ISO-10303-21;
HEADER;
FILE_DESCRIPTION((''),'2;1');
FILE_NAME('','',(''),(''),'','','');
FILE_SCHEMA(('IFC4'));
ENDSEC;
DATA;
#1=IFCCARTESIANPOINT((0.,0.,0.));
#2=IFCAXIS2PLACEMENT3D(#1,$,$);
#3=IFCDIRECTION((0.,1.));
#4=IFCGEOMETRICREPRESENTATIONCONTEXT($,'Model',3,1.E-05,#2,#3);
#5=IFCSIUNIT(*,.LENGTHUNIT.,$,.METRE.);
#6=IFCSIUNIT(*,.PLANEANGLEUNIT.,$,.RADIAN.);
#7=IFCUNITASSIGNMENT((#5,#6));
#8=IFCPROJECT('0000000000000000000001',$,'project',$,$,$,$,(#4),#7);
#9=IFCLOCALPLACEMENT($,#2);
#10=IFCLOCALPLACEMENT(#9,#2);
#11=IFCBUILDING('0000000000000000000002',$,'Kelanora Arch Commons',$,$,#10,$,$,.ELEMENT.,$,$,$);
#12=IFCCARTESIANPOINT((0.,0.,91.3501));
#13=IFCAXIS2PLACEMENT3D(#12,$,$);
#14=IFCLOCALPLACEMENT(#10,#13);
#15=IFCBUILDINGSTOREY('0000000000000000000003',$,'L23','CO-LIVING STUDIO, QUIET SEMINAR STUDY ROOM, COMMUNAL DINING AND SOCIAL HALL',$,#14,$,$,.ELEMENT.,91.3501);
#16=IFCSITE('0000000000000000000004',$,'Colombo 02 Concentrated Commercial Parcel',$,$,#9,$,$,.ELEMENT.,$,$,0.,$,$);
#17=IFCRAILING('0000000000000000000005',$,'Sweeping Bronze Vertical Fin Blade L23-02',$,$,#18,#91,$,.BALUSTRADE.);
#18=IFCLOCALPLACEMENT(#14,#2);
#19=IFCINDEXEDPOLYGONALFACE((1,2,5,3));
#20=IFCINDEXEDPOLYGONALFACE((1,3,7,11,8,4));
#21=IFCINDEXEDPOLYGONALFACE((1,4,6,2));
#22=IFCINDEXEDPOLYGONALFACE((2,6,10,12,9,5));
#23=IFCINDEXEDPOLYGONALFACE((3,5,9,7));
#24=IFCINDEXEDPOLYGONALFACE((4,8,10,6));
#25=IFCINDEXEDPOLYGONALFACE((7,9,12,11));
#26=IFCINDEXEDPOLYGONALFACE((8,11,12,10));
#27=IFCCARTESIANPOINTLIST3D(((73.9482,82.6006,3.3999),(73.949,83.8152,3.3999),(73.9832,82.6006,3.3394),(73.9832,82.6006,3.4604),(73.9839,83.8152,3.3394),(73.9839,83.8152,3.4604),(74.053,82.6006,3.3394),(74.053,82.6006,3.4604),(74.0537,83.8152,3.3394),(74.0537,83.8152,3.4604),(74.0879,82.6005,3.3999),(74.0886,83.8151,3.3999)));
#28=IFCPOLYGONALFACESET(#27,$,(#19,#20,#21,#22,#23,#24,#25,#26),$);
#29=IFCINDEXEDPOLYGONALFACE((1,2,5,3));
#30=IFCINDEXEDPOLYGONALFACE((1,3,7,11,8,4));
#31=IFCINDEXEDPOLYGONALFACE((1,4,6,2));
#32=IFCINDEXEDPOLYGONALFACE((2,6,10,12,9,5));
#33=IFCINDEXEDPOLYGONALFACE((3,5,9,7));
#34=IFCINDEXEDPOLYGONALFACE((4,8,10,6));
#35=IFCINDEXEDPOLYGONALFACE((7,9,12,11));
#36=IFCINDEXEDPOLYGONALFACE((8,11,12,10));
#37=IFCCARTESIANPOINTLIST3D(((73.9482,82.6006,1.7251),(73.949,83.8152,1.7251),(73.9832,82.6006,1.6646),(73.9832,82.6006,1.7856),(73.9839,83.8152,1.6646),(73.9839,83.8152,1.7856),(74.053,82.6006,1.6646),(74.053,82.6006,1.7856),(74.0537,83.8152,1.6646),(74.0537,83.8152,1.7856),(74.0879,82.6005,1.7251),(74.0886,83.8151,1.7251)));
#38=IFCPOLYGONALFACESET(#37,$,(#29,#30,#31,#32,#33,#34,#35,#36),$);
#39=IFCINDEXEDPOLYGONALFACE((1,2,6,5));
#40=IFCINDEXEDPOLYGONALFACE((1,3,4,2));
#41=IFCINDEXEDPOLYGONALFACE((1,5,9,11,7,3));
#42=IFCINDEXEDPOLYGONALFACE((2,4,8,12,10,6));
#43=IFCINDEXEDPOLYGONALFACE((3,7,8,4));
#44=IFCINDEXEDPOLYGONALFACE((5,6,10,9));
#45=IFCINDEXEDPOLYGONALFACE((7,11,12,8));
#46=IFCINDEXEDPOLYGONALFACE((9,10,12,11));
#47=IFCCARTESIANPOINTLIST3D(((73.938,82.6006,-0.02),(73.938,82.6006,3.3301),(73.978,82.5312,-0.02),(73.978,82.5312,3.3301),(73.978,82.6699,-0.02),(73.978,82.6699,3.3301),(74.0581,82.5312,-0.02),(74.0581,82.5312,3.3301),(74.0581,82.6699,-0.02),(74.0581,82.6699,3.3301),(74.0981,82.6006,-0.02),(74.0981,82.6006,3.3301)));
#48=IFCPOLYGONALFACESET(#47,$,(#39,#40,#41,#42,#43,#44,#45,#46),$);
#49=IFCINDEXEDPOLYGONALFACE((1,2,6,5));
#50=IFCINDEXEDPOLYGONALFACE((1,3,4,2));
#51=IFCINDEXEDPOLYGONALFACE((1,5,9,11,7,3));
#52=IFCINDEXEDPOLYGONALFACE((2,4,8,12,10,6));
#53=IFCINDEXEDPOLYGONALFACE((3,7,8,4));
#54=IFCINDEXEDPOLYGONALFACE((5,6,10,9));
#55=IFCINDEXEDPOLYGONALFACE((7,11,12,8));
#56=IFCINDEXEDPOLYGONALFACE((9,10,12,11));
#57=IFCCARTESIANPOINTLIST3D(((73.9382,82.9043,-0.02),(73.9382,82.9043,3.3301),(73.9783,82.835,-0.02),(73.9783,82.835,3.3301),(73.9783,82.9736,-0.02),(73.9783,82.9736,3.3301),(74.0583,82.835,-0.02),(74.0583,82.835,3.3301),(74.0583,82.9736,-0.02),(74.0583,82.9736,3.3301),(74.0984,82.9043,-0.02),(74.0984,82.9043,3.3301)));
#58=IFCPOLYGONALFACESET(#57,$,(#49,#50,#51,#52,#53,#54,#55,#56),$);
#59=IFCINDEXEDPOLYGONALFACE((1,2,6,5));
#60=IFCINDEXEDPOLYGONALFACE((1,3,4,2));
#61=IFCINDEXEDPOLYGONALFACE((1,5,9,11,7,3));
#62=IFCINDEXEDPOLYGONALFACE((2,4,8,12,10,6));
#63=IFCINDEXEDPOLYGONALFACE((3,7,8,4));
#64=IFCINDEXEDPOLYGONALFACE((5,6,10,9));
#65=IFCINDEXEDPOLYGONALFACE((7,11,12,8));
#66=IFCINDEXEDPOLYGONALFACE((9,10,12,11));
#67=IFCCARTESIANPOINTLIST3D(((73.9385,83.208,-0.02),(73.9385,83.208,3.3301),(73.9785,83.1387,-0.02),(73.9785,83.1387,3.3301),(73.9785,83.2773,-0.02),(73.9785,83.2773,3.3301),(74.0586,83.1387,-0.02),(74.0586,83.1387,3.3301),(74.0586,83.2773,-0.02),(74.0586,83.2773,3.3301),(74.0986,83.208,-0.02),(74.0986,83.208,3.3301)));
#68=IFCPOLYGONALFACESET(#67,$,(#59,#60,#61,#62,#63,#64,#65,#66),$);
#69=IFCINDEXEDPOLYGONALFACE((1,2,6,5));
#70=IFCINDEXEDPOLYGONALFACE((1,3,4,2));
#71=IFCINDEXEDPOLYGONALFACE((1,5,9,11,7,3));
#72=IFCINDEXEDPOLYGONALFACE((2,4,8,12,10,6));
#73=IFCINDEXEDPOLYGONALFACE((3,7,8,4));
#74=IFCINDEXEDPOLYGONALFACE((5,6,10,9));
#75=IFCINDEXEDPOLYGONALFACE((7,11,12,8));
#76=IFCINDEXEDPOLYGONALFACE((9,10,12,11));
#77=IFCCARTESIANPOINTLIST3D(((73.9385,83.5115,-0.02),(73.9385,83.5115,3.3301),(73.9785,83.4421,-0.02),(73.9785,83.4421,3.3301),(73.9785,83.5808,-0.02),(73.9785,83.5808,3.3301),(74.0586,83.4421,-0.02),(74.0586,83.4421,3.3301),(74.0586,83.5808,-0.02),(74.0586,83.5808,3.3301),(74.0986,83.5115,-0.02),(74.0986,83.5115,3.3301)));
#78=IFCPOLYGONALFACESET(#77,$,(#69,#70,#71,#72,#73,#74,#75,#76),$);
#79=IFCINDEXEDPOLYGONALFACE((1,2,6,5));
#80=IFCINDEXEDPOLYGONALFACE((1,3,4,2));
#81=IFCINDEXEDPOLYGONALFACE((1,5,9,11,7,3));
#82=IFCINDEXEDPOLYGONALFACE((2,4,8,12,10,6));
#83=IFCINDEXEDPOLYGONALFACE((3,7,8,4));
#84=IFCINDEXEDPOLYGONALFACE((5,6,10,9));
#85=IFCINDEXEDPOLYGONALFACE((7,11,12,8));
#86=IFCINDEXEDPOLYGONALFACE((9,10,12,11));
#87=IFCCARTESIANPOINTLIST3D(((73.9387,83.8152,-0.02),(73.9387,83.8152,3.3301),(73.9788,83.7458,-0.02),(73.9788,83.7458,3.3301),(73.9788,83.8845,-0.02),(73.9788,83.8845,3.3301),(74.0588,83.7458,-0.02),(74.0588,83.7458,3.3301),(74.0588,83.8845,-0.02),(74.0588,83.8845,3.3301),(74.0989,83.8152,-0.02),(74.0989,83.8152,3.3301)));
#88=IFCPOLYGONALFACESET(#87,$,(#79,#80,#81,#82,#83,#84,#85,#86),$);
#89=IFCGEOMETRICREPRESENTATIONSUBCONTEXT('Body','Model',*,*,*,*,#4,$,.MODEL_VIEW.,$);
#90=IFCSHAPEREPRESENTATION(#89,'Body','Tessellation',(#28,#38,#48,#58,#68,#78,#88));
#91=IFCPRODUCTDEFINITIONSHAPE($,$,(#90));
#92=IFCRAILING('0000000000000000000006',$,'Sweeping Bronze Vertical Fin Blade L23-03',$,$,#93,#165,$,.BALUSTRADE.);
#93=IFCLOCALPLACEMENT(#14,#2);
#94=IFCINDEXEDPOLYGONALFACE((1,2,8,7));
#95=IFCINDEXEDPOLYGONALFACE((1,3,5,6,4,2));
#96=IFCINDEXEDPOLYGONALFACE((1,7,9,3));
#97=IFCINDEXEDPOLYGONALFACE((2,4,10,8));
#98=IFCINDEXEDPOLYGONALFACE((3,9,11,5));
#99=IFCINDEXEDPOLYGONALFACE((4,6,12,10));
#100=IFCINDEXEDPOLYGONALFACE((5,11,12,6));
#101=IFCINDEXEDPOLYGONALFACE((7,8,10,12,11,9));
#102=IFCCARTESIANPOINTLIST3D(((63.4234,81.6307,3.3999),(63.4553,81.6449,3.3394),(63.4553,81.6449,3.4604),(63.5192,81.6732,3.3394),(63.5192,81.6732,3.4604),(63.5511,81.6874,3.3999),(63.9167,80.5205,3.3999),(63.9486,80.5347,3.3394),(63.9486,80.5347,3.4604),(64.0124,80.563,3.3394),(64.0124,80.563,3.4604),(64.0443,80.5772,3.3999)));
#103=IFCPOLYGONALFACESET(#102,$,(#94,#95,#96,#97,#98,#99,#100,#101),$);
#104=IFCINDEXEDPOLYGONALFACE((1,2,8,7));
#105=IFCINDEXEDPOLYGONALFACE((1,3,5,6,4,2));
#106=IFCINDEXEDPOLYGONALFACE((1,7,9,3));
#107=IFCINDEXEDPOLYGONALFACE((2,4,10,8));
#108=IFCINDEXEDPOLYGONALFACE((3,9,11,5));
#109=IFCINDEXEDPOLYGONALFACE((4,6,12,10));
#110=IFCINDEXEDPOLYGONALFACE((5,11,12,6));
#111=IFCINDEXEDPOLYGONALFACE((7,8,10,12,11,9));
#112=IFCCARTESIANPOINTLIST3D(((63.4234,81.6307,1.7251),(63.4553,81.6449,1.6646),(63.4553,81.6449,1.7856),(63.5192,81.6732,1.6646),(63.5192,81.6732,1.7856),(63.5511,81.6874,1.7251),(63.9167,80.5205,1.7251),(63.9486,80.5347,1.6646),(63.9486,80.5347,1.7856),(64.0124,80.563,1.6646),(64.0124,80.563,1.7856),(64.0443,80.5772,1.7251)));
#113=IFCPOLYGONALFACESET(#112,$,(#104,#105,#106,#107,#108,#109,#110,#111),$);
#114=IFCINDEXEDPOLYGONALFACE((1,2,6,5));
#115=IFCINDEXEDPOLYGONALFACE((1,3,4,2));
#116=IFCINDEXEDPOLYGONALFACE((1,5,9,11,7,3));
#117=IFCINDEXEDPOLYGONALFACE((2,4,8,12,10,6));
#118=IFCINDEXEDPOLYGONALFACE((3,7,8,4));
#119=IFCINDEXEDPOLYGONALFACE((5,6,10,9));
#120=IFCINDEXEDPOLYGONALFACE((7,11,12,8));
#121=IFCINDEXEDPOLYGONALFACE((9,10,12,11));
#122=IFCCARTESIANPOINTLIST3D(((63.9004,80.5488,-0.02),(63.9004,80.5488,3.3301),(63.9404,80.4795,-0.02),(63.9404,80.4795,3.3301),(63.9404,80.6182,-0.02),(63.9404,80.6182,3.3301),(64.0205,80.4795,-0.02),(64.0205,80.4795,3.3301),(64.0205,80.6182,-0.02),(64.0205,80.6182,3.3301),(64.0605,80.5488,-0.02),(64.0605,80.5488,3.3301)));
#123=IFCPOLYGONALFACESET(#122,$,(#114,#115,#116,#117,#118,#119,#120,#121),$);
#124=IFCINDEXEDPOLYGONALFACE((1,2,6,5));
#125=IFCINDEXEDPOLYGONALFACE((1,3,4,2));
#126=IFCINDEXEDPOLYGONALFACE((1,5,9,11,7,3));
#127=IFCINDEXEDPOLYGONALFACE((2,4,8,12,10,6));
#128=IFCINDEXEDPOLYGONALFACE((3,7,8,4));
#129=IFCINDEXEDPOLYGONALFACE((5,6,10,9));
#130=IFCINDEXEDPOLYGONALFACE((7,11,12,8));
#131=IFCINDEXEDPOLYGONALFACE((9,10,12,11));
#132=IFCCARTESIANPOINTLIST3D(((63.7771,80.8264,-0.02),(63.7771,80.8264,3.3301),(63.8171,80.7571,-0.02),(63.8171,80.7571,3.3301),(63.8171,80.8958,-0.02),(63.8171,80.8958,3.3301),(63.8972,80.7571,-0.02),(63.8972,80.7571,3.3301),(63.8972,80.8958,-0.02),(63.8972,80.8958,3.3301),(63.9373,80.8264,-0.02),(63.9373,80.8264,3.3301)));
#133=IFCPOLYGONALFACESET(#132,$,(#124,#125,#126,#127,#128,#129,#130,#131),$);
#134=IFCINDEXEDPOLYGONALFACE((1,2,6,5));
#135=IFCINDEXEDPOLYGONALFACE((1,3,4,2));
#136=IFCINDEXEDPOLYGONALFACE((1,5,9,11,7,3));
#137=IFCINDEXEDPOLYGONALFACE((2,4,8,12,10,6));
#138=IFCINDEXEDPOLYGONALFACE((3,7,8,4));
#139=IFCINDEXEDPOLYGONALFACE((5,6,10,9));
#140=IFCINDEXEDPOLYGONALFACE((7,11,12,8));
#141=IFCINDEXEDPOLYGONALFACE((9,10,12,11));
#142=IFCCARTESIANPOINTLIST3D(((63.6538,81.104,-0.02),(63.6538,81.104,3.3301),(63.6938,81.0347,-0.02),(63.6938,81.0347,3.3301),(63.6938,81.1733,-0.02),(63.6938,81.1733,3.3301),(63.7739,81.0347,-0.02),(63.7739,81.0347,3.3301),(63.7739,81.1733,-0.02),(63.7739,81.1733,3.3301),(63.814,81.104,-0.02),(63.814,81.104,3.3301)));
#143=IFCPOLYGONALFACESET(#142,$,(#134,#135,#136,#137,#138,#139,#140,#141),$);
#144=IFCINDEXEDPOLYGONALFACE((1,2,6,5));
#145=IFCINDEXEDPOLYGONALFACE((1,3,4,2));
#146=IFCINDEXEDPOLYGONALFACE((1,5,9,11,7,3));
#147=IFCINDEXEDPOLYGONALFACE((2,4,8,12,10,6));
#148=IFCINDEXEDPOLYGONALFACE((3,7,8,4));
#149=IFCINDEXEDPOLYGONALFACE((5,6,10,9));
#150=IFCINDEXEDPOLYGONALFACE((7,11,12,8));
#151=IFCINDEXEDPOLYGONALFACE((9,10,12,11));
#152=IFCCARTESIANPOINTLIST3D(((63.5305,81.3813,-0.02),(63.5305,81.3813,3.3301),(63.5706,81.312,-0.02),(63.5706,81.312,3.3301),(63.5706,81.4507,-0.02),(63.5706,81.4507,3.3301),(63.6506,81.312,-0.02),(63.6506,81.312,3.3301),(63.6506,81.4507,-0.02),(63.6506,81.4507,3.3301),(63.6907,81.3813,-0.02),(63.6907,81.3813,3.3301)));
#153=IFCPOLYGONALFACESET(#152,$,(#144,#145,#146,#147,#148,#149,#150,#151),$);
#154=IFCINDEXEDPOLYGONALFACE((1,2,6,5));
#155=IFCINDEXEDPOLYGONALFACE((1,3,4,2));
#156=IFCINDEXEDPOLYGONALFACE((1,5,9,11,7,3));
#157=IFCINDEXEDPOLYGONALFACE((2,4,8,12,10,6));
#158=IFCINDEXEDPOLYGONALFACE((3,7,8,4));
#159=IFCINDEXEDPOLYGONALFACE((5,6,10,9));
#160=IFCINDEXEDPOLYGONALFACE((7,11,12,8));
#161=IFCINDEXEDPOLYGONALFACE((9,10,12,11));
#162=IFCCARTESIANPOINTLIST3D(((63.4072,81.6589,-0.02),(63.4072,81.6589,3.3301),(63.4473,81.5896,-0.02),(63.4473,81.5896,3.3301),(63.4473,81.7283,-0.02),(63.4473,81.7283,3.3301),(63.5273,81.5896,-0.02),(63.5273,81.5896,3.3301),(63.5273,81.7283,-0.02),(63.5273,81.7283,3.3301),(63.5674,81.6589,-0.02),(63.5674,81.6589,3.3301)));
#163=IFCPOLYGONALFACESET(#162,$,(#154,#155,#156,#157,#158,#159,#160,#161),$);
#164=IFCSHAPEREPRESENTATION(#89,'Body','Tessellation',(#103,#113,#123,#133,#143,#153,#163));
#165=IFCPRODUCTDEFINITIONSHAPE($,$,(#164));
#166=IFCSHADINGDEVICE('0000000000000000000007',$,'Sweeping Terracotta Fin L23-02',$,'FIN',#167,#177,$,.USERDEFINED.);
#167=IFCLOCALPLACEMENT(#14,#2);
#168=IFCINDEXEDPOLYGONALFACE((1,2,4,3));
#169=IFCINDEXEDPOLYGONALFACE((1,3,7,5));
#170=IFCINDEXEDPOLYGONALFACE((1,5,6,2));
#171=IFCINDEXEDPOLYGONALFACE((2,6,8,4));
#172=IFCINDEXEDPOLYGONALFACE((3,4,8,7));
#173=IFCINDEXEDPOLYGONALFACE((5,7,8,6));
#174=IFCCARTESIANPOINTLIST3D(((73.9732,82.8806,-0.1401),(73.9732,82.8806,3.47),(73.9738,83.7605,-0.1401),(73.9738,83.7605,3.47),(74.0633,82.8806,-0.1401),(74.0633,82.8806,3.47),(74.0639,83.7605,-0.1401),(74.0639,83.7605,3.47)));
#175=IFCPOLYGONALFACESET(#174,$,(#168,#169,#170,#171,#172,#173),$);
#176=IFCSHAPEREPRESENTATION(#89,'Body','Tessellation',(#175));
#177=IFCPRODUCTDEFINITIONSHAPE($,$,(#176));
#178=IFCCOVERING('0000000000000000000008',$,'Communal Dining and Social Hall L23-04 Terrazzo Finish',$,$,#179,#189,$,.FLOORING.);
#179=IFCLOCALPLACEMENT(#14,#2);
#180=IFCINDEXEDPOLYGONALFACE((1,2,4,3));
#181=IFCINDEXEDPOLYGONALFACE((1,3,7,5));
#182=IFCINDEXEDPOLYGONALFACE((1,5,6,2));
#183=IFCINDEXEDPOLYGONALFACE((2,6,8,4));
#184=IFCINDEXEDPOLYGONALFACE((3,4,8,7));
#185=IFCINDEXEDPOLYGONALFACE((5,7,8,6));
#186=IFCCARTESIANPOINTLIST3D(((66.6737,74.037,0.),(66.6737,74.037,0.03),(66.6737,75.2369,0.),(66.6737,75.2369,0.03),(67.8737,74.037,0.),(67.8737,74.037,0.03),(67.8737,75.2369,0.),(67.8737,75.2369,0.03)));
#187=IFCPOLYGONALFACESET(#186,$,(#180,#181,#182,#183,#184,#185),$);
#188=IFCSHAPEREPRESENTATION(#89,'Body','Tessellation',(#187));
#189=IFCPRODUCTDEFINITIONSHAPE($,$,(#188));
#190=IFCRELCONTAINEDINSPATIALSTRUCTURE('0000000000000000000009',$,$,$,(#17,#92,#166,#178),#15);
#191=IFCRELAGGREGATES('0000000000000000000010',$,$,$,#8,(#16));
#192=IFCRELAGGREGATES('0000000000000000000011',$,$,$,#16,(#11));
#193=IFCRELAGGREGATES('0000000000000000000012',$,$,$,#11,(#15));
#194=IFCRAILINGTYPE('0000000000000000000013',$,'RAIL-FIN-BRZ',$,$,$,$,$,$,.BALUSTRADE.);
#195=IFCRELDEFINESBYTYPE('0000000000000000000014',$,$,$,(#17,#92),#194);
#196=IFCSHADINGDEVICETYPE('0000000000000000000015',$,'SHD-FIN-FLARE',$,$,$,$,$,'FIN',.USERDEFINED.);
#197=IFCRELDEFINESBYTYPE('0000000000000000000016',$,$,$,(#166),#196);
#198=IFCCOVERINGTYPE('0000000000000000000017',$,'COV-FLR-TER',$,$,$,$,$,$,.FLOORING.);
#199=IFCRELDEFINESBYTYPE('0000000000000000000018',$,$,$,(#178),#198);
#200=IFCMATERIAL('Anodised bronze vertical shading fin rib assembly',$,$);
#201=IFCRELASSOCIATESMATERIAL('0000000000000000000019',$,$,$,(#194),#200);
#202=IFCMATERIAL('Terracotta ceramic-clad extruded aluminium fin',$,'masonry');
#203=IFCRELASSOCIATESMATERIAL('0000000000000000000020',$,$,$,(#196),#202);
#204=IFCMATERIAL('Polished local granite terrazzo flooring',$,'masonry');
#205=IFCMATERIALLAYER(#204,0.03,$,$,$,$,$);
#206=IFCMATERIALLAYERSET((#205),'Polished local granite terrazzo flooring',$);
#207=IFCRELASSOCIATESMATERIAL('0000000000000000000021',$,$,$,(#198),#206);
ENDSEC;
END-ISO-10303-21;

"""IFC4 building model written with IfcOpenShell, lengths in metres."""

from ifc_helpers import new_model, si_unit, direction, frame, origin, origin_2d, place, context, subcontext, project, spatial, polyline, rectangle, outline, extrude, source, transform, mapped, material, layer, layer_set, type_object, element, save


model = new_model("IFC4")

# Units and contexts
model_context = context("Model", 3, precision=1e-05, world=origin(), true_north=direction((0.0, 1.0)))
body_context = subcontext(model_context, "Body", "Model", "MODEL_VIEW")
ifc_project = project(units=[si_unit("LENGTHUNIT", "METRE"), si_unit("PLANEANGLEUNIT", "RADIAN")], contexts=[model_context])

# Site, building, storey
site_placement = place(None, origin())
site = spatial("IfcSite", under=ifc_project, at=site_placement, Name="Colombo 02 Concentrated Commercial Parcel", CompositionType="ELEMENT", RefElevation=0.0)
building_placement = place(site_placement, origin())
building = spatial("IfcBuilding", under=site, at=building_placement, Name="Kelanora Arch Commons", CompositionType="ELEMENT")
storey_placement = place(building_placement, frame((0.0, 0.0, 91.3501)))
storey = spatial("IfcBuildingStorey", under=building, at=storey_placement, Name="L23", Description="CO-LIVING STUDIO, QUIET SEMINAR STUDY ROOM, COMMUNAL DINING AND SOCIAL HALL", CompositionType="ELEMENT", Elevation=91.3501)

# Railings
ifc_material_1 = material(Name="Anodised bronze vertical shading fin rib assembly")
railing_type = type_object("IfcRailingType", Name="RAIL-FIN-BRZ", PredefinedType="BALUSTRADE", material=ifc_material_1)
railing_1_placement = place(storey_placement, frame((74.0181, 82.6006, -0.02)))
element("IfcRailing", 1, at=railing_1_placement, inside=storey, type_object=railing_type, Name="Sweeping Bronze Vertical Fin Blade L23-02", PredefinedType="BALUSTRADE", context=body_context, shape_type="SweptSolid", body=[
    extrude(outline(polyline([(0.0698, 0.0), (0.0349, 0.0605), (-0.0349, 0.0605), (-0.0698, 0.0), (-0.0349, -0.0605), (0.0349, -0.0605), (0.0698, 0.0)])), frame((0.0, 0.0, 3.4199), z_axis=(0.000603, 1.0, 0.0), x_axis=(-1.0, 0.000603, 0.0)), (0.0, 0.0, 1.0), 1.2146),
    extrude(outline(polyline([(0.0698, 0.0), (0.0349, 0.0605), (-0.0349, 0.0605), (-0.0698, 0.0), (-0.0349, -0.0605), (0.0349, -0.0605), (0.0698, 0.0)])), frame((0.0, 0.0, 1.7451), z_axis=(0.000603, 1.0, 0.0), x_axis=(-1.0, 0.000603, 0.0)), (0.0, 0.0, 1.0), 1.2146),
    extrude(outline(polyline([(0.0801, 0.0), (0.04, 0.0693), (-0.04, 0.0693), (-0.0801, 0.0), (-0.04, -0.0693), (0.04, -0.0693), (0.0801, 0.0)])), origin(), (0.0, 0.0, 1.0), 3.3501),
    extrude(outline(polyline([(0.0801, 0.0), (0.04, 0.0693), (-0.04, 0.0693), (-0.0801, 0.0), (-0.04, -0.0693), (0.04, -0.0693), (0.0801, 0.0)])), frame((0.0002, 0.3037, 0.0)), (0.0, 0.0, 1.0), 3.3501),
    extrude(outline(polyline([(0.0801, 0.0), (0.04, 0.0693), (-0.04, 0.0693), (-0.0801, 0.0), (-0.04, -0.0693), (0.04, -0.0693), (0.0801, 0.0)])), frame((0.0005, 0.6074, 0.0)), (0.0, 0.0, 1.0), 3.3501),
    extrude(outline(polyline([(0.0801, 0.0), (0.04, 0.0693), (-0.04, 0.0693), (-0.0801, 0.0), (-0.04, -0.0693), (0.04, -0.0693), (0.0801, 0.0)])), frame((0.0005, 0.9109, 0.0)), (0.0, 0.0, 1.0), 3.3501),
    extrude(outline(polyline([(0.0801, 0.0), (0.04, 0.0693), (-0.04, 0.0693), (-0.0801, 0.0), (-0.04, -0.0693), (0.04, -0.0693), (0.0801, 0.0)])), frame((0.0007, 1.2146, 0.0)), (0.0, 0.0, 1.0), 3.3501),
])
railing_2_placement = place(storey_placement, frame((63.9805, 80.5488, -0.02)))
element("IfcRailing", 2, at=railing_2_placement, inside=storey, type_object=railing_type, Name="Sweeping Bronze Vertical Fin Blade L23-03", PredefinedType="BALUSTRADE", context=body_context, shape_type="SweptSolid", body=[
    extrude(outline(polyline([(0.0698, 0.0), (0.0349, 0.0605), (-0.0349, 0.0605), (-0.0698, 0.0), (-0.0349, -0.0605), (0.0349, -0.0605), (0.0698, 0.0)])), frame((0.0, 0.0, 3.4199), z_axis=(-0.405989, 0.913878, 0.0), x_axis=(-0.913878, -0.405989, 0.0)), (0.0, 0.0, 1.0), 1.2148),
    extrude(outline(polyline([(0.0698, 0.0), (0.0349, 0.0605), (-0.0349, 0.0605), (-0.0698, 0.0), (-0.0349, -0.0605), (0.0349, -0.0605), (0.0698, 0.0)])), frame((0.0, 0.0, 1.7451), z_axis=(-0.405989, 0.913878, 0.0), x_axis=(-0.913878, -0.405989, 0.0)), (0.0, 0.0, 1.0), 1.2148),
    extrude(outline(polyline([(0.0801, 0.0), (0.04, 0.0693), (-0.04, 0.0693), (-0.0801, 0.0), (-0.04, -0.0693), (0.04, -0.0693), (0.0801, 0.0)])), origin(), (0.0, 0.0, 1.0), 3.3501),
    extrude(outline(polyline([(0.0801, 0.0), (0.04, 0.0693), (-0.04, 0.0693), (-0.0801, 0.0), (-0.04, -0.0693), (0.04, -0.0693), (0.0801, 0.0)])), frame((-0.1233, 0.2776, 0.0)), (0.0, 0.0, 1.0), 3.3501),
    extrude(outline(polyline([(0.0801, 0.0), (0.04, 0.0693), (-0.04, 0.0693), (-0.0801, 0.0), (-0.04, -0.0693), (0.04, -0.0693), (0.0801, 0.0)])), frame((-0.2466, 0.5552, 0.0)), (0.0, 0.0, 1.0), 3.3501),
    extrude(outline(polyline([(0.0801, 0.0), (0.04, 0.0693), (-0.04, 0.0693), (-0.0801, 0.0), (-0.04, -0.0693), (0.04, -0.0693), (0.0801, 0.0)])), frame((-0.3699, 0.8325, 0.0)), (0.0, 0.0, 1.0), 3.3501),
    extrude(outline(polyline([(0.0801, 0.0), (0.04, 0.0693), (-0.04, 0.0693), (-0.0801, 0.0), (-0.04, -0.0693), (0.04, -0.0693), (0.0801, 0.0)])), frame((-0.4932, 1.1101, 0.0)), (0.0, 0.0, 1.0), 3.3501),
])

# Shading device
ifc_material_2 = material(Name="Terracotta ceramic-clad extruded aluminium fin", Category="masonry")
shading_device_type = type_object("IfcShadingDeviceType", Name="SHD-FIN-FLARE", ElementType="FIN", PredefinedType="USERDEFINED", material=ifc_material_2)
shared_shape_1 = source(origin(), body_context, "Body", "SweptSolid", [
    extrude(rectangle(XDim=0.8799, YDim=0.0901, at=origin_2d()), origin(), (0.0, 0.0, 1.0), 3.6101),
])
shading_device_placement = place(storey_placement, frame((74.0186, 83.3206, -0.1401), z_axis=(0.0, 0.0, 1.0), x_axis=(0.000698, 1.0, 0.0)))
element("IfcShadingDevice", 3, at=shading_device_placement, inside=storey, type_object=shading_device_type, Name="Sweeping Terracotta Fin L23-02", ObjectType="FIN", PredefinedType="USERDEFINED", context=body_context, shape_type="MappedRepresentation", body=[
    mapped(shared_shape_1, transform((0.0, 0.0, 0.0), scale=1.0)),
])

# Covering
ifc_material_3 = material(Name="Polished local granite terrazzo flooring", Category="masonry")
ifc_layer_1 = layer(ifc_material_3, 0.03)
ifc_layer_set_1 = layer_set([ifc_layer_1], Name="Polished local granite terrazzo flooring")
covering_type = type_object("IfcCoveringType", Name="COV-FLR-TER", PredefinedType="FLOORING", material=ifc_layer_set_1)
shared_shape_2 = source(origin(), body_context, "Body", "SweptSolid", [
    extrude(rectangle(XDim=1.2, YDim=1.2, at=origin_2d()), origin(), (0.0, 0.0, 1.0), 0.03),
])
covering_placement = place(storey_placement, frame((67.2737, 74.637, 0.0), z_axis=(0.0, 0.0, 1.0), x_axis=(1.0, 0.0, 0.0)))
element("IfcCovering", 4, at=covering_placement, inside=storey, type_object=covering_type, Name="Communal Dining and Social Hall L23-04 Terrazzo Finish", PredefinedType="FLOORING", context=body_context, shape_type="MappedRepresentation", body=[
    mapped(shared_shape_2, transform((0.0, 0.0, 0.0), scale=1.0)),
])

save(model, "model.ifc")
